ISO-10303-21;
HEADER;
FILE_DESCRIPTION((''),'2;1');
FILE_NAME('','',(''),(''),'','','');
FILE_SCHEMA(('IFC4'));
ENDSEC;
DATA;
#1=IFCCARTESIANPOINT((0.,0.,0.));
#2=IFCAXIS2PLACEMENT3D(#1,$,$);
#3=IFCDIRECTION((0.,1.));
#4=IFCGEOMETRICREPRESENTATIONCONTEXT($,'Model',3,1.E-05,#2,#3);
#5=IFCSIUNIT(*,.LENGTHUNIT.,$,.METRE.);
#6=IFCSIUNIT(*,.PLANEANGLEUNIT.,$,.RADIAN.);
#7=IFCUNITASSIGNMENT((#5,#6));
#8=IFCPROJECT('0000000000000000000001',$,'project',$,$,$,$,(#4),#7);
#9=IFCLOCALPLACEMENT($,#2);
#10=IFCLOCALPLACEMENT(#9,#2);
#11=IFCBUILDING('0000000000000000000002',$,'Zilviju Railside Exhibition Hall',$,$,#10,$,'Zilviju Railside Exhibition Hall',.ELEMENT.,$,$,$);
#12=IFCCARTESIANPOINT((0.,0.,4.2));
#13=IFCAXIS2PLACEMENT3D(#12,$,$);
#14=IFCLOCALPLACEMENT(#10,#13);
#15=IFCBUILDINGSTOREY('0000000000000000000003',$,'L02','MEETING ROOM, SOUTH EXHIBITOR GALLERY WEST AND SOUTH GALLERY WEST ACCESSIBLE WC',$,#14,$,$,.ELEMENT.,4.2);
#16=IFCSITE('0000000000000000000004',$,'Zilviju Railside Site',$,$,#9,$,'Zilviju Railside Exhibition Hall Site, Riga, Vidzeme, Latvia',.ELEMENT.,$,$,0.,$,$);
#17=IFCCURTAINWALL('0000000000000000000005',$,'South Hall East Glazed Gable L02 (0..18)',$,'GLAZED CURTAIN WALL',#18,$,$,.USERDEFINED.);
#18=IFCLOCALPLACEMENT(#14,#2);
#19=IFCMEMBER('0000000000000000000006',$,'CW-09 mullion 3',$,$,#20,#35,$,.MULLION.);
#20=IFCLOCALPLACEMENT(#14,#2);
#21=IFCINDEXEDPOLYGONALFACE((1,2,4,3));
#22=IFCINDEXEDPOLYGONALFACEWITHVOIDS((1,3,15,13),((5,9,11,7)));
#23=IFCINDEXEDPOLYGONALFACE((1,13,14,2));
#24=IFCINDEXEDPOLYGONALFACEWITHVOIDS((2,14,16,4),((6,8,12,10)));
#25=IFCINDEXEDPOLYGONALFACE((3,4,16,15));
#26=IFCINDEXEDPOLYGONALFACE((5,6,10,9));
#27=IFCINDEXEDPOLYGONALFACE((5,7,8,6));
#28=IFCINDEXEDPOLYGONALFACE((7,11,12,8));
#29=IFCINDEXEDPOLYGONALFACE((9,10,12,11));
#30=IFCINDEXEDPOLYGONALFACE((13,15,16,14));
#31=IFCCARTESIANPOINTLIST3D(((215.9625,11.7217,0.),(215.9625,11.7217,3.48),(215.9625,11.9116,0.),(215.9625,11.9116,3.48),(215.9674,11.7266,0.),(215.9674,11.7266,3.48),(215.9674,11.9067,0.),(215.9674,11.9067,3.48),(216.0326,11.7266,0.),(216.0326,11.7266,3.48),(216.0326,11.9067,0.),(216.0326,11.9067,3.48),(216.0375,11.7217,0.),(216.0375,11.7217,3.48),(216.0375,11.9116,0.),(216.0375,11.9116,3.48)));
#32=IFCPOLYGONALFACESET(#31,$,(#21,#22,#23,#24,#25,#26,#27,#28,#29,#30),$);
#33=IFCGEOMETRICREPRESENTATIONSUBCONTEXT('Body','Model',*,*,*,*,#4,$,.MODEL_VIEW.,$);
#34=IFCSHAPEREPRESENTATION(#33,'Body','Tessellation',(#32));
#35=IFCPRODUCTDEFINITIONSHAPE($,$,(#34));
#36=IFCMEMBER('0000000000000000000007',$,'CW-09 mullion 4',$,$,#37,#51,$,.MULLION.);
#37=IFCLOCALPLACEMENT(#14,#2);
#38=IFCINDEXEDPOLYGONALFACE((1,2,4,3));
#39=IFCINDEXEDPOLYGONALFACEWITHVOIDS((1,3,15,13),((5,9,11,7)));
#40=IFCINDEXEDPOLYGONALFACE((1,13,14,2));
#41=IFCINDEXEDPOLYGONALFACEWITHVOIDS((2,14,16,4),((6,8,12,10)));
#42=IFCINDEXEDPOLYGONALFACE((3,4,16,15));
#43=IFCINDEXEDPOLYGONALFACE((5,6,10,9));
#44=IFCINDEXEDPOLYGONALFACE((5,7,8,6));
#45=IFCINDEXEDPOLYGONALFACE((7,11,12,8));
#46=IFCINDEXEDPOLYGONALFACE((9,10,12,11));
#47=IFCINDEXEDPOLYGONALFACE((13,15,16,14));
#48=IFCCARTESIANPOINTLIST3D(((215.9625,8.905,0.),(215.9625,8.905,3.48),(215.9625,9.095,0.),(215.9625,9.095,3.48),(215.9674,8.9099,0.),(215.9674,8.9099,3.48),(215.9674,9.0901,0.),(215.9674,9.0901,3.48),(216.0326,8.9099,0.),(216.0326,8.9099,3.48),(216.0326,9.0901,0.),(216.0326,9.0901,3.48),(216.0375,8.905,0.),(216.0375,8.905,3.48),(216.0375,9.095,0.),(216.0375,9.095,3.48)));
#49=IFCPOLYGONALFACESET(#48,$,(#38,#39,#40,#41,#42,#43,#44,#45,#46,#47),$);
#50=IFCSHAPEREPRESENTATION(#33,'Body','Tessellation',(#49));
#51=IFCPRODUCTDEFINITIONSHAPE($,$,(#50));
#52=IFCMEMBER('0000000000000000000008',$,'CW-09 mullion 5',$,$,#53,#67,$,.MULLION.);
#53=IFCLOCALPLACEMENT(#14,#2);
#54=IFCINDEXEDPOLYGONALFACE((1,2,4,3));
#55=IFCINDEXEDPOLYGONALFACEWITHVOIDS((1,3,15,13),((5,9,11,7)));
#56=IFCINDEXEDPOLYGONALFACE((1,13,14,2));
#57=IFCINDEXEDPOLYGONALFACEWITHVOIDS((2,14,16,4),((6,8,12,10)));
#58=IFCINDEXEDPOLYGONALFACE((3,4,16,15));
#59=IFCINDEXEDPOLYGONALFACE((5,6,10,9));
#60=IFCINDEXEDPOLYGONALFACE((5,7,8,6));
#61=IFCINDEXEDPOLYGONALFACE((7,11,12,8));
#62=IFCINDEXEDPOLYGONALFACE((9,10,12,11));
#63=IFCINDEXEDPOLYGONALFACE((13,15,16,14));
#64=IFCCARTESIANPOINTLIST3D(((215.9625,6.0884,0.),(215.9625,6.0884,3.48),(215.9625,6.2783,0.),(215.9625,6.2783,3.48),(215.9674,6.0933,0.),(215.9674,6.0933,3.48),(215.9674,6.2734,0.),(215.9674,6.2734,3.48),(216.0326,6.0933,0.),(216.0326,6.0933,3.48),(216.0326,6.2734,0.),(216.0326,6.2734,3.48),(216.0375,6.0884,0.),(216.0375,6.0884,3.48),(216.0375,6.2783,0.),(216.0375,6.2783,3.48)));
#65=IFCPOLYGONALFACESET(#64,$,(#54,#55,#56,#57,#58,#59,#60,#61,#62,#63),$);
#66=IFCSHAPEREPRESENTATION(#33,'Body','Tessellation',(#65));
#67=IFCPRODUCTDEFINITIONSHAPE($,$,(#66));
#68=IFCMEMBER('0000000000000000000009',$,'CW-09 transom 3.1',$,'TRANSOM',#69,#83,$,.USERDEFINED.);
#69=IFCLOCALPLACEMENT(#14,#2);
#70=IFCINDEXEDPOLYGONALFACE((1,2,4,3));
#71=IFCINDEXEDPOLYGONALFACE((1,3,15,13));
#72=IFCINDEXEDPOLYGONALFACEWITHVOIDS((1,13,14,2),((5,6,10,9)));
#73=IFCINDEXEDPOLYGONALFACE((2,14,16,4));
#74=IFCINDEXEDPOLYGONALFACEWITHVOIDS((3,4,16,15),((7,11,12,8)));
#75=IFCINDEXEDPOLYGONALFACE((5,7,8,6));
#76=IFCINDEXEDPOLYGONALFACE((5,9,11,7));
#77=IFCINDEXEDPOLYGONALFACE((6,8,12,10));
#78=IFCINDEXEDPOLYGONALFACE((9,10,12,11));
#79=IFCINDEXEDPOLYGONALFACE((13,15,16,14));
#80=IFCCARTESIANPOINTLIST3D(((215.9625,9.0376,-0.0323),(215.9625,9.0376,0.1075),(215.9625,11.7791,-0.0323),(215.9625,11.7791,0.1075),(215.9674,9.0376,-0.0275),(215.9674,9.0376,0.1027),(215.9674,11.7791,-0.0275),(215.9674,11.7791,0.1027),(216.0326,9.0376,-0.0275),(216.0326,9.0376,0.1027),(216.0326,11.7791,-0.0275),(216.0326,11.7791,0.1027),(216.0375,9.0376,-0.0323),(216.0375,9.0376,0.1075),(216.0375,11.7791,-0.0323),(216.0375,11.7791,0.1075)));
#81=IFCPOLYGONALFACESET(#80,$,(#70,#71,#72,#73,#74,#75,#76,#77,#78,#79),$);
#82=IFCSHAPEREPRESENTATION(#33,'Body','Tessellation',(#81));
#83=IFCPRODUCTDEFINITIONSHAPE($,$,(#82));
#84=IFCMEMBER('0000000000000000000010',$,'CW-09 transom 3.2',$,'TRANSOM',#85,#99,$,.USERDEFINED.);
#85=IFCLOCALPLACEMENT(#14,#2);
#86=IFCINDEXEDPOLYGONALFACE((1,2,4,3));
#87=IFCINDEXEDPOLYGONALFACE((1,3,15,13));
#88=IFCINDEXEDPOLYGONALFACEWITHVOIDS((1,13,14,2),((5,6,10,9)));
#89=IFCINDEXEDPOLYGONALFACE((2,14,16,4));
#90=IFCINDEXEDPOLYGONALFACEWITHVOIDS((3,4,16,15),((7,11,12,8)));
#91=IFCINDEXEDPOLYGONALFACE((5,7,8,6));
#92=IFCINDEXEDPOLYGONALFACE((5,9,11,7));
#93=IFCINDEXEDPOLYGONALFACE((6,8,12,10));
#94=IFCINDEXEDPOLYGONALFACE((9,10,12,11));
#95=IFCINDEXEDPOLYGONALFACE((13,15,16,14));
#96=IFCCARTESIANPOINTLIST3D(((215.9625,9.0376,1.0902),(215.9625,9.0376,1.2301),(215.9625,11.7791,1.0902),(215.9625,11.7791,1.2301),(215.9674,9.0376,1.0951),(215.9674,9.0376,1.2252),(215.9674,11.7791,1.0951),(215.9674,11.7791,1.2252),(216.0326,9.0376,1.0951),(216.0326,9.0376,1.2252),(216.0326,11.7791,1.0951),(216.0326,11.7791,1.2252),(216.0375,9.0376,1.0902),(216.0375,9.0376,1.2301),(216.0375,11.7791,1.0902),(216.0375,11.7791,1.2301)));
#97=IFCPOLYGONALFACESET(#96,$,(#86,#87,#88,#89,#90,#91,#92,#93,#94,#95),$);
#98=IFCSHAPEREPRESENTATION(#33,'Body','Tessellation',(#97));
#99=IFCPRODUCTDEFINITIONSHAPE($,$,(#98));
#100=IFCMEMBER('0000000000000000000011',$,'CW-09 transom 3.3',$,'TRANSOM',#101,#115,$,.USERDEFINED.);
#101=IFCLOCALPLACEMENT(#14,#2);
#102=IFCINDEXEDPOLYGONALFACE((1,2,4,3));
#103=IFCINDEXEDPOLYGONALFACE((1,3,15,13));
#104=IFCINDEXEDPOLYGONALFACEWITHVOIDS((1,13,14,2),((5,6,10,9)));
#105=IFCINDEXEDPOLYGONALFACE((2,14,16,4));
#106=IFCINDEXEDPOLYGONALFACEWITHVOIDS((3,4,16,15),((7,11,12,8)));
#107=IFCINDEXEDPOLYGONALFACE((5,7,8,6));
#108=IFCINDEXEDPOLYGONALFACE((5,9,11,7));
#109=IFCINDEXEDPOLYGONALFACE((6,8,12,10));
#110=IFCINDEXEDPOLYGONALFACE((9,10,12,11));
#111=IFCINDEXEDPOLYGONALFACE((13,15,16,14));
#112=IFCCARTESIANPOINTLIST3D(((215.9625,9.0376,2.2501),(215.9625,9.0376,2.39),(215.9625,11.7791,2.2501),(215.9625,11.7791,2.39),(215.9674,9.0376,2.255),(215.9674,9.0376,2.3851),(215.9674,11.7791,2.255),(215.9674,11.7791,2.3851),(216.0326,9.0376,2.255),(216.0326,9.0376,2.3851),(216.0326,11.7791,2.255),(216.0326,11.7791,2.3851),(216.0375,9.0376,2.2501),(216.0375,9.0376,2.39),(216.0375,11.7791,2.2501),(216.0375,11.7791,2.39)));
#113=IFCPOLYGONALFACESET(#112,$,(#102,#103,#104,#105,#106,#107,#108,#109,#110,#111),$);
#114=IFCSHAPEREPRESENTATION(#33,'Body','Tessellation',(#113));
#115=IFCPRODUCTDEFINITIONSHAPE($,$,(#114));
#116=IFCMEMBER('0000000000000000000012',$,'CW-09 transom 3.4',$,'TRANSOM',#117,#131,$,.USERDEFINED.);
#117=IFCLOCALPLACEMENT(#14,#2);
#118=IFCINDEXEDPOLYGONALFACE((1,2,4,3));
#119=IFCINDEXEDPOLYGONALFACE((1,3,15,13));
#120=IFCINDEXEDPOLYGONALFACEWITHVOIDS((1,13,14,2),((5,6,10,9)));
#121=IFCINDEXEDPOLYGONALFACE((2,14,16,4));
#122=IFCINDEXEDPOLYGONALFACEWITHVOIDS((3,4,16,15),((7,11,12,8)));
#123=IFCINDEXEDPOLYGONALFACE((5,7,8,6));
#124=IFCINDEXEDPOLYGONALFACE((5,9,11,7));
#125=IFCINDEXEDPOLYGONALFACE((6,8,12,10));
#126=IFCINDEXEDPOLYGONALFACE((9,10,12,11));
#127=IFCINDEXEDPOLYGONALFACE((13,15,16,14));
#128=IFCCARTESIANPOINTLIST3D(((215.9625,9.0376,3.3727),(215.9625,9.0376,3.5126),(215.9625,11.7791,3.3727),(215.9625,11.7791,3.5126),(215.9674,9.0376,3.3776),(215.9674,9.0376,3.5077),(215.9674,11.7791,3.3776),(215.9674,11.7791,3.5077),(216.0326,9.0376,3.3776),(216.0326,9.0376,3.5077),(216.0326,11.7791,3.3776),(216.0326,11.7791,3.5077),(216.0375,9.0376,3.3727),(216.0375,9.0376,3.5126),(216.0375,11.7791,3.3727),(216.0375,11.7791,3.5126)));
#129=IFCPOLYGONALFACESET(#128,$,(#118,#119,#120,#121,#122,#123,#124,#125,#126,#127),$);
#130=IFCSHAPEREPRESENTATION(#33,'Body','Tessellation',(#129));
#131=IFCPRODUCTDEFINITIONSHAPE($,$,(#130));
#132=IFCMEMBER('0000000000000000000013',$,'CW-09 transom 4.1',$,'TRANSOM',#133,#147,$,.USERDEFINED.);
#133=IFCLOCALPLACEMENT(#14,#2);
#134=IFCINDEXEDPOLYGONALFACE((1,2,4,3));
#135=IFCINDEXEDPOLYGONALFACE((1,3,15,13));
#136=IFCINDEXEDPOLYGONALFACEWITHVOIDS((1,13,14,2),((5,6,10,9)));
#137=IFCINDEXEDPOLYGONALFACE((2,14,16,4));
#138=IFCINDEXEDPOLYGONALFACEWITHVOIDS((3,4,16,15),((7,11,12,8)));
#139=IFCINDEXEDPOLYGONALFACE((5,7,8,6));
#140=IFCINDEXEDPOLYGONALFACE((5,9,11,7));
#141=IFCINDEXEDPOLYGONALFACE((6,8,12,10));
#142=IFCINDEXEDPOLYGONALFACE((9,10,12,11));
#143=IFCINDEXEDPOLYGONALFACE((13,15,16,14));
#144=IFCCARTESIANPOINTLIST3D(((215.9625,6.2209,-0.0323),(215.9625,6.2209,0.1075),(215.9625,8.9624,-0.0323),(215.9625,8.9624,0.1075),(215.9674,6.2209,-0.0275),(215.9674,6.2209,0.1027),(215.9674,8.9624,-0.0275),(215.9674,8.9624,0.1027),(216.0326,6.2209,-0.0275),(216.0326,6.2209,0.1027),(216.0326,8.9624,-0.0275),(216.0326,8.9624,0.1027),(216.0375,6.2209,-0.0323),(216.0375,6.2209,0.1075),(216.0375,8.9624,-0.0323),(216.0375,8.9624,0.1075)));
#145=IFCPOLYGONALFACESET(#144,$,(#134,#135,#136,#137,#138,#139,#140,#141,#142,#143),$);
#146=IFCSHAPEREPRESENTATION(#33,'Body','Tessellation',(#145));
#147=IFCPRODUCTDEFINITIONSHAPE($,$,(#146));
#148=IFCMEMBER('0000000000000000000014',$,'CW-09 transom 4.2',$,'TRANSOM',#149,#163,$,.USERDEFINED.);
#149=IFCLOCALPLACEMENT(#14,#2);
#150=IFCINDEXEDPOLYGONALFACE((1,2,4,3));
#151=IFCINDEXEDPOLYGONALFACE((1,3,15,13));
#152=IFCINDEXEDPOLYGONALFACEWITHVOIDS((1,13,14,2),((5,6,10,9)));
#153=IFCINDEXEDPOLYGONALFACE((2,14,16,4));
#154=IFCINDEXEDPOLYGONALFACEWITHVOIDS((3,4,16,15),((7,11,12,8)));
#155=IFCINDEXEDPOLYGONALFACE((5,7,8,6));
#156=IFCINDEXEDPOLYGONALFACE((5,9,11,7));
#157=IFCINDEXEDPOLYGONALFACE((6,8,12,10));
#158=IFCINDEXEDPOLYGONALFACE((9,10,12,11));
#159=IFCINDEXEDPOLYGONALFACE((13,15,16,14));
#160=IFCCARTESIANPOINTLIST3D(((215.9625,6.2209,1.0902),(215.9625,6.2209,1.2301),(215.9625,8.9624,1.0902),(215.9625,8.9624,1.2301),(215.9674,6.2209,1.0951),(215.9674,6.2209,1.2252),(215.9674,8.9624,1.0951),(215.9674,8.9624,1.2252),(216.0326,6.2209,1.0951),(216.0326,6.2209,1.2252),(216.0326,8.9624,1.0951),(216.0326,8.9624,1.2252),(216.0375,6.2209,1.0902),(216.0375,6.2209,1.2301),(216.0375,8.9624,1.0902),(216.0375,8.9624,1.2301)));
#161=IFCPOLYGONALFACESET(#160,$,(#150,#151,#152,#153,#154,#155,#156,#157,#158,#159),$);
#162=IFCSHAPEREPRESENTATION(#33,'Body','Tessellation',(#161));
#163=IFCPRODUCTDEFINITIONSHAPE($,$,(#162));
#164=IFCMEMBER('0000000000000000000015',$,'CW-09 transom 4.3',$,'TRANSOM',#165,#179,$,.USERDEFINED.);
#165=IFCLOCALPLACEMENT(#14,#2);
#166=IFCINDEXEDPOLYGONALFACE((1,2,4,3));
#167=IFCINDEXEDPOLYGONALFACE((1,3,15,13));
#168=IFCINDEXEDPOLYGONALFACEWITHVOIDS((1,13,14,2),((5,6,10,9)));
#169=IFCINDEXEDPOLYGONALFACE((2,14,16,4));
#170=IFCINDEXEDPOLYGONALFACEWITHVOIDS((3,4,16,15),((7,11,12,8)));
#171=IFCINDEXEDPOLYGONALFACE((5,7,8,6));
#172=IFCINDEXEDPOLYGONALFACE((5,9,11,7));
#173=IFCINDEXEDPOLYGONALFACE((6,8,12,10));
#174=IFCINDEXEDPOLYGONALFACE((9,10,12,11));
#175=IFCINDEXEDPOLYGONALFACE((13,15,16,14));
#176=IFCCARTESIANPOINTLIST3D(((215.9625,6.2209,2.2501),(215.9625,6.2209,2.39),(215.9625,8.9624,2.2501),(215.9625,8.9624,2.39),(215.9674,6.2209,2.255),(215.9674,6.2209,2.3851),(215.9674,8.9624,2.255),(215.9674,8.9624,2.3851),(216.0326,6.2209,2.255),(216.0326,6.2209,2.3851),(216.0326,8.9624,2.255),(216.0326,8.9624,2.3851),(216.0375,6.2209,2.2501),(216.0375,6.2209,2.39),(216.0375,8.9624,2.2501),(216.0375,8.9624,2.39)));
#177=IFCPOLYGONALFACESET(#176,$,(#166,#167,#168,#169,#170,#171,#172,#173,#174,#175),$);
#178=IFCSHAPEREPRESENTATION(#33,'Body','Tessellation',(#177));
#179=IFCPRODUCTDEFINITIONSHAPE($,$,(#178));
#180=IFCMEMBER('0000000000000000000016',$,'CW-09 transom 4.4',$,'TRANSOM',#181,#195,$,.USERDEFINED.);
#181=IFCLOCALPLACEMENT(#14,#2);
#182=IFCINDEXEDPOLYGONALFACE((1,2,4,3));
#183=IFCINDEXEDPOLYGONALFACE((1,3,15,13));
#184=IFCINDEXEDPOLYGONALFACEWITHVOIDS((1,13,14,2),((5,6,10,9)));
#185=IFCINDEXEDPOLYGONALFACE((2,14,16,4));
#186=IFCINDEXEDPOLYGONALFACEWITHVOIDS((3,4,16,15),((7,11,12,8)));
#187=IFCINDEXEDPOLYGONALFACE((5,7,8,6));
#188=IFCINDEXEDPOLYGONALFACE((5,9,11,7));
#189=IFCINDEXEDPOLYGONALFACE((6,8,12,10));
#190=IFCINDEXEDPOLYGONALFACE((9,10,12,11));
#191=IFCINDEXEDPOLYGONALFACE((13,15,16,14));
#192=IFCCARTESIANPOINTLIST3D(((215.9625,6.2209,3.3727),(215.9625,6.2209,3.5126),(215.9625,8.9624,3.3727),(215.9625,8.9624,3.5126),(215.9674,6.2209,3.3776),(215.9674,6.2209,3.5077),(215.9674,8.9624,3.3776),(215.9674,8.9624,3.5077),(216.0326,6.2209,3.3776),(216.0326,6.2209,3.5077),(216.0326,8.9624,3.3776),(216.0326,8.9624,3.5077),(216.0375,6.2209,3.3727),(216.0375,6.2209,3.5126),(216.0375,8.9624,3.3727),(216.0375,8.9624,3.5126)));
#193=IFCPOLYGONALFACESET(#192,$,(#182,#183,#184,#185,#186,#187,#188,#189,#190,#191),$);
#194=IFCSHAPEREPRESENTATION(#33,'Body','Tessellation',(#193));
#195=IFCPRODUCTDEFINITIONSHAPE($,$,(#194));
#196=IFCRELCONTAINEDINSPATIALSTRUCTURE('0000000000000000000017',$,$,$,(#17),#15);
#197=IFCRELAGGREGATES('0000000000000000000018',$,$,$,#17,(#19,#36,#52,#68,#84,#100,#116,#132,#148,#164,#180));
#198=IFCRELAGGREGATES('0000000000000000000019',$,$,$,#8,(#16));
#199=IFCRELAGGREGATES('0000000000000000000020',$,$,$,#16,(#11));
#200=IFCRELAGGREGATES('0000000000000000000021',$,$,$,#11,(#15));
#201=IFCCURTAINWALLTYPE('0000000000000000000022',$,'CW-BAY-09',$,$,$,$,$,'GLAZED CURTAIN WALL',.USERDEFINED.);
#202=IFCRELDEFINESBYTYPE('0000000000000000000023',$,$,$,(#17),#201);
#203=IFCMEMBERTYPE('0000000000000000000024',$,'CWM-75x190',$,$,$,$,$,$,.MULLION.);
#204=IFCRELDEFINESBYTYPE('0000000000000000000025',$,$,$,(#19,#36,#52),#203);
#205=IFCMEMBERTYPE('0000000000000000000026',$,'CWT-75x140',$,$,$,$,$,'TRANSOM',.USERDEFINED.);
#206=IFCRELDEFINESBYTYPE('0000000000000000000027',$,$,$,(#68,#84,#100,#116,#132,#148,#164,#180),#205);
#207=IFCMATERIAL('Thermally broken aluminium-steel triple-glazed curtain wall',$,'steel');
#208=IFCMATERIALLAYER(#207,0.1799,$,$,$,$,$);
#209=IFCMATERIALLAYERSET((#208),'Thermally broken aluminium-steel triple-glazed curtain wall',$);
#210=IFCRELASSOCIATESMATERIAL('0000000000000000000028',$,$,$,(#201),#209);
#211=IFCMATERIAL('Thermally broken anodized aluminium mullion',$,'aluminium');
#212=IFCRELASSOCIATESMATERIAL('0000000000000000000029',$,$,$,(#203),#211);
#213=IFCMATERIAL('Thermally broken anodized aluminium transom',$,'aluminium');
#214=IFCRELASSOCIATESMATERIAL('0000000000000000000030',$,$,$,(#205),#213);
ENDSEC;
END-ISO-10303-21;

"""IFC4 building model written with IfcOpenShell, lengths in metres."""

from ifc_helpers import new_model, si_unit, direction, frame, origin, origin_2d, place, context, subcontext, project, spatial, hollow_rectangle, extrude, material, layer, layer_set, material_profile, profile_set, type_object, element, aggregate, save


model = new_model("IFC4")

# Units and contexts
model_context = context("Model", 3, precision=1e-05, world=origin(), true_north=direction((0.0, 1.0)))
body_context = subcontext(model_context, "Body", "Model", "MODEL_VIEW")
ifc_project = project(units=[si_unit("LENGTHUNIT", "METRE"), si_unit("PLANEANGLEUNIT", "RADIAN")], contexts=[model_context])

# Site, building, storey
site_placement = place(None, origin())
site = spatial("IfcSite", under=ifc_project, at=site_placement, Name="Zilviju Railside Site", LongName="Zilviju Railside Exhibition Hall Site, Riga, Vidzeme, Latvia", CompositionType="ELEMENT", RefElevation=0.0)
building_placement = place(site_placement, origin())
building = spatial("IfcBuilding", under=site, at=building_placement, Name="Zilviju Railside Exhibition Hall", LongName="Zilviju Railside Exhibition Hall", CompositionType="ELEMENT")
storey_placement = place(building_placement, frame((0.0, 0.0, 4.2)))
storey = spatial("IfcBuildingStorey", under=building, at=storey_placement, Name="L02", Description="MEETING ROOM, SOUTH EXHIBITOR GALLERY WEST AND SOUTH GALLERY WEST ACCESSIBLE WC", CompositionType="ELEMENT", Elevation=4.2)

# Curtain wall, members
ifc_material_1 = material(Name="Thermally broken aluminium-steel triple-glazed curtain wall", Category="steel")
ifc_layer_1 = layer(ifc_material_1, 0.1799)
ifc_layer_set_1 = layer_set([ifc_layer_1], Name="Thermally broken aluminium-steel triple-glazed curtain wall")
curtain_wall_type = type_object("IfcCurtainWallType", Name="CW-BAY-09", ElementType="GLAZED CURTAIN WALL", PredefinedType="USERDEFINED", material=ifc_layer_set_1)
curtain_wall_placement = place(storey_placement, origin())
curtain_wall = element("IfcCurtainWall", 1, at=curtain_wall_placement, inside=storey, type_object=curtain_wall_type, Name="South Hall East Glazed Gable L02 (0..18)", ObjectType="GLAZED CURTAIN WALL", PredefinedType="USERDEFINED")
ifc_material_2 = material(Name="Thermally broken anodized aluminium mullion", Category="aluminium")
ifc_material_profile_1 = material_profile(ifc_material_2, hollow_rectangle(XDim=0.075, YDim=0.1899, WallThickness=0.0049, at=origin_2d()), Name="MULLION 190x75x5")
ifc_profile_set_1 = profile_set([ifc_material_profile_1], Name="Thermally broken anodized aluminium mullion")
member_type_1 = type_object("IfcMemberType", Name="CWM-75x190", PredefinedType="MULLION", material=ifc_profile_set_1)
member_1_placement = place(storey_placement, frame((216.0, 11.8167, 0.0), z_axis=(0.0, 0.0, 1.0), x_axis=(1.0, 0.0, 0.0)))
member_1 = element("IfcMember", 2, at=member_1_placement, type_object=member_type_1, Name="CW-09 mullion 3", PredefinedType="MULLION", context=body_context, shape_type="SweptSolid", body=[
    extrude(hollow_rectangle(XDim=0.075, YDim=0.1899, WallThickness=0.0049, at=origin_2d()), origin(), (0.0, 0.0, 1.0), 3.48),
])
member_2_placement = place(storey_placement, frame((216.0, 9.0, 0.0), z_axis=(0.0, 0.0, 1.0), x_axis=(1.0, 0.0, 0.0)))
member_2 = element("IfcMember", 3, at=member_2_placement, type_object=member_type_1, Name="CW-09 mullion 4", PredefinedType="MULLION", context=body_context, shape_type="SweptSolid", body=[
    extrude(hollow_rectangle(XDim=0.075, YDim=0.1899, WallThickness=0.0049, at=origin_2d()), origin(), (0.0, 0.0, 1.0), 3.48),
])
member_3_placement = place(storey_placement, frame((216.0, 6.1833, 0.0), z_axis=(0.0, 0.0, 1.0), x_axis=(1.0, 0.0, 0.0)))
member_3 = element("IfcMember", 4, at=member_3_placement, type_object=member_type_1, Name="CW-09 mullion 5", PredefinedType="MULLION", context=body_context, shape_type="SweptSolid", body=[
    extrude(hollow_rectangle(XDim=0.075, YDim=0.1899, WallThickness=0.0049, at=origin_2d()), origin(), (0.0, 0.0, 1.0), 3.48),
])
ifc_material_3 = material(Name="Thermally broken anodized aluminium transom", Category="aluminium")
ifc_material_profile_2 = material_profile(ifc_material_3, hollow_rectangle(XDim=0.075, YDim=0.1399, WallThickness=0.0049, at=origin_2d()), Name="TRANSOM 140x75x5")
ifc_profile_set_2 = profile_set([ifc_material_profile_2], Name="Thermally broken anodized aluminium transom")
member_type_2 = type_object("IfcMemberType", Name="CWT-75x140", ElementType="TRANSOM", PredefinedType="USERDEFINED", material=ifc_profile_set_2)
member_4_placement = place(storey_placement, frame((216.0, 11.7791, 0.0376), z_axis=(0.0, -1.0, 0.0), x_axis=(1.0, 0.0, 0.0)))
member_4 = element("IfcMember", 5, at=member_4_placement, type_object=member_type_2, Name="CW-09 transom 3.1", ObjectType="TRANSOM", PredefinedType="USERDEFINED", context=body_context, shape_type="SweptSolid", body=[
    extrude(hollow_rectangle(XDim=0.075, YDim=0.1399, WallThickness=0.0049, at=origin_2d()), origin(), (0.0, 0.0, 1.0), 2.7415),
])
member_5_placement = place(storey_placement, frame((216.0, 11.7791, 1.1602), z_axis=(0.0, -1.0, 0.0), x_axis=(1.0, 0.0, 0.0)))
member_5 = element("IfcMember", 6, at=member_5_placement, type_object=member_type_2, Name="CW-09 transom 3.2", ObjectType="TRANSOM", PredefinedType="USERDEFINED", context=body_context, shape_type="SweptSolid", body=[
    extrude(hollow_rectangle(XDim=0.075, YDim=0.1399, WallThickness=0.0049, at=origin_2d()), origin(), (0.0, 0.0, 1.0), 2.7415),
])
member_6_placement = place(storey_placement, frame((216.0, 11.7791, 2.3201), z_axis=(0.0, -1.0, 0.0), x_axis=(1.0, 0.0, 0.0)))
member_6 = element("IfcMember", 7, at=member_6_placement, type_object=member_type_2, Name="CW-09 transom 3.3", ObjectType="TRANSOM", PredefinedType="USERDEFINED", context=body_context, shape_type="SweptSolid", body=[
    extrude(hollow_rectangle(XDim=0.075, YDim=0.1399, WallThickness=0.0049, at=origin_2d()), origin(), (0.0, 0.0, 1.0), 2.7415),
])
member_7_placement = place(storey_placement, frame((216.0, 11.7791, 3.4426), z_axis=(0.0, -1.0, 0.0), x_axis=(1.0, 0.0, 0.0)))
member_7 = element("IfcMember", 8, at=member_7_placement, type_object=member_type_2, Name="CW-09 transom 3.4", ObjectType="TRANSOM", PredefinedType="USERDEFINED", context=body_context, shape_type="SweptSolid", body=[
    extrude(hollow_rectangle(XDim=0.075, YDim=0.1399, WallThickness=0.0049, at=origin_2d()), origin(), (0.0, 0.0, 1.0), 2.7415),
])
member_8_placement = place(storey_placement, frame((216.0, 8.9624, 0.0376), z_axis=(0.0, -1.0, 0.0), x_axis=(1.0, 0.0, 0.0)))
member_8 = element("IfcMember", 9, at=member_8_placement, type_object=member_type_2, Name="CW-09 transom 4.1", ObjectType="TRANSOM", PredefinedType="USERDEFINED", context=body_context, shape_type="SweptSolid", body=[
    extrude(hollow_rectangle(XDim=0.075, YDim=0.1399, WallThickness=0.0049, at=origin_2d()), origin(), (0.0, 0.0, 1.0), 2.7415),
])
member_9_placement = place(storey_placement, frame((216.0, 8.9624, 1.1602), z_axis=(0.0, -1.0, 0.0), x_axis=(1.0, 0.0, 0.0)))
member_9 = element("IfcMember", 10, at=member_9_placement, type_object=member_type_2, Name="CW-09 transom 4.2", ObjectType="TRANSOM", PredefinedType="USERDEFINED", context=body_context, shape_type="SweptSolid", body=[
    extrude(hollow_rectangle(XDim=0.075, YDim=0.1399, WallThickness=0.0049, at=origin_2d()), origin(), (0.0, 0.0, 1.0), 2.7415),
])
member_10_placement = place(storey_placement, frame((216.0, 8.9624, 2.3201), z_axis=(0.0, -1.0, 0.0), x_axis=(1.0, 0.0, 0.0)))
member_10 = element("IfcMember", 11, at=member_10_placement, type_object=member_type_2, Name="CW-09 transom 4.3", ObjectType="TRANSOM", PredefinedType="USERDEFINED", context=body_context, shape_type="SweptSolid", body=[
    extrude(hollow_rectangle(XDim=0.075, YDim=0.1399, WallThickness=0.0049, at=origin_2d()), origin(), (0.0, 0.0, 1.0), 2.7415),
])
member_11_placement = place(storey_placement, frame((216.0, 8.9624, 3.4426), z_axis=(0.0, -1.0, 0.0), x_axis=(1.0, 0.0, 0.0)))
member_11 = element("IfcMember", 12, at=member_11_placement, type_object=member_type_2, Name="CW-09 transom 4.4", ObjectType="TRANSOM", PredefinedType="USERDEFINED", context=body_context, shape_type="SweptSolid", body=[
    extrude(hollow_rectangle(XDim=0.075, YDim=0.1399, WallThickness=0.0049, at=origin_2d()), origin(), (0.0, 0.0, 1.0), 2.7415),
])
aggregate(curtain_wall, [member_1, member_2, member_3, member_4, member_5, member_6, member_7, member_8, member_9, member_10, member_11])

save(model, "model.ifc")
